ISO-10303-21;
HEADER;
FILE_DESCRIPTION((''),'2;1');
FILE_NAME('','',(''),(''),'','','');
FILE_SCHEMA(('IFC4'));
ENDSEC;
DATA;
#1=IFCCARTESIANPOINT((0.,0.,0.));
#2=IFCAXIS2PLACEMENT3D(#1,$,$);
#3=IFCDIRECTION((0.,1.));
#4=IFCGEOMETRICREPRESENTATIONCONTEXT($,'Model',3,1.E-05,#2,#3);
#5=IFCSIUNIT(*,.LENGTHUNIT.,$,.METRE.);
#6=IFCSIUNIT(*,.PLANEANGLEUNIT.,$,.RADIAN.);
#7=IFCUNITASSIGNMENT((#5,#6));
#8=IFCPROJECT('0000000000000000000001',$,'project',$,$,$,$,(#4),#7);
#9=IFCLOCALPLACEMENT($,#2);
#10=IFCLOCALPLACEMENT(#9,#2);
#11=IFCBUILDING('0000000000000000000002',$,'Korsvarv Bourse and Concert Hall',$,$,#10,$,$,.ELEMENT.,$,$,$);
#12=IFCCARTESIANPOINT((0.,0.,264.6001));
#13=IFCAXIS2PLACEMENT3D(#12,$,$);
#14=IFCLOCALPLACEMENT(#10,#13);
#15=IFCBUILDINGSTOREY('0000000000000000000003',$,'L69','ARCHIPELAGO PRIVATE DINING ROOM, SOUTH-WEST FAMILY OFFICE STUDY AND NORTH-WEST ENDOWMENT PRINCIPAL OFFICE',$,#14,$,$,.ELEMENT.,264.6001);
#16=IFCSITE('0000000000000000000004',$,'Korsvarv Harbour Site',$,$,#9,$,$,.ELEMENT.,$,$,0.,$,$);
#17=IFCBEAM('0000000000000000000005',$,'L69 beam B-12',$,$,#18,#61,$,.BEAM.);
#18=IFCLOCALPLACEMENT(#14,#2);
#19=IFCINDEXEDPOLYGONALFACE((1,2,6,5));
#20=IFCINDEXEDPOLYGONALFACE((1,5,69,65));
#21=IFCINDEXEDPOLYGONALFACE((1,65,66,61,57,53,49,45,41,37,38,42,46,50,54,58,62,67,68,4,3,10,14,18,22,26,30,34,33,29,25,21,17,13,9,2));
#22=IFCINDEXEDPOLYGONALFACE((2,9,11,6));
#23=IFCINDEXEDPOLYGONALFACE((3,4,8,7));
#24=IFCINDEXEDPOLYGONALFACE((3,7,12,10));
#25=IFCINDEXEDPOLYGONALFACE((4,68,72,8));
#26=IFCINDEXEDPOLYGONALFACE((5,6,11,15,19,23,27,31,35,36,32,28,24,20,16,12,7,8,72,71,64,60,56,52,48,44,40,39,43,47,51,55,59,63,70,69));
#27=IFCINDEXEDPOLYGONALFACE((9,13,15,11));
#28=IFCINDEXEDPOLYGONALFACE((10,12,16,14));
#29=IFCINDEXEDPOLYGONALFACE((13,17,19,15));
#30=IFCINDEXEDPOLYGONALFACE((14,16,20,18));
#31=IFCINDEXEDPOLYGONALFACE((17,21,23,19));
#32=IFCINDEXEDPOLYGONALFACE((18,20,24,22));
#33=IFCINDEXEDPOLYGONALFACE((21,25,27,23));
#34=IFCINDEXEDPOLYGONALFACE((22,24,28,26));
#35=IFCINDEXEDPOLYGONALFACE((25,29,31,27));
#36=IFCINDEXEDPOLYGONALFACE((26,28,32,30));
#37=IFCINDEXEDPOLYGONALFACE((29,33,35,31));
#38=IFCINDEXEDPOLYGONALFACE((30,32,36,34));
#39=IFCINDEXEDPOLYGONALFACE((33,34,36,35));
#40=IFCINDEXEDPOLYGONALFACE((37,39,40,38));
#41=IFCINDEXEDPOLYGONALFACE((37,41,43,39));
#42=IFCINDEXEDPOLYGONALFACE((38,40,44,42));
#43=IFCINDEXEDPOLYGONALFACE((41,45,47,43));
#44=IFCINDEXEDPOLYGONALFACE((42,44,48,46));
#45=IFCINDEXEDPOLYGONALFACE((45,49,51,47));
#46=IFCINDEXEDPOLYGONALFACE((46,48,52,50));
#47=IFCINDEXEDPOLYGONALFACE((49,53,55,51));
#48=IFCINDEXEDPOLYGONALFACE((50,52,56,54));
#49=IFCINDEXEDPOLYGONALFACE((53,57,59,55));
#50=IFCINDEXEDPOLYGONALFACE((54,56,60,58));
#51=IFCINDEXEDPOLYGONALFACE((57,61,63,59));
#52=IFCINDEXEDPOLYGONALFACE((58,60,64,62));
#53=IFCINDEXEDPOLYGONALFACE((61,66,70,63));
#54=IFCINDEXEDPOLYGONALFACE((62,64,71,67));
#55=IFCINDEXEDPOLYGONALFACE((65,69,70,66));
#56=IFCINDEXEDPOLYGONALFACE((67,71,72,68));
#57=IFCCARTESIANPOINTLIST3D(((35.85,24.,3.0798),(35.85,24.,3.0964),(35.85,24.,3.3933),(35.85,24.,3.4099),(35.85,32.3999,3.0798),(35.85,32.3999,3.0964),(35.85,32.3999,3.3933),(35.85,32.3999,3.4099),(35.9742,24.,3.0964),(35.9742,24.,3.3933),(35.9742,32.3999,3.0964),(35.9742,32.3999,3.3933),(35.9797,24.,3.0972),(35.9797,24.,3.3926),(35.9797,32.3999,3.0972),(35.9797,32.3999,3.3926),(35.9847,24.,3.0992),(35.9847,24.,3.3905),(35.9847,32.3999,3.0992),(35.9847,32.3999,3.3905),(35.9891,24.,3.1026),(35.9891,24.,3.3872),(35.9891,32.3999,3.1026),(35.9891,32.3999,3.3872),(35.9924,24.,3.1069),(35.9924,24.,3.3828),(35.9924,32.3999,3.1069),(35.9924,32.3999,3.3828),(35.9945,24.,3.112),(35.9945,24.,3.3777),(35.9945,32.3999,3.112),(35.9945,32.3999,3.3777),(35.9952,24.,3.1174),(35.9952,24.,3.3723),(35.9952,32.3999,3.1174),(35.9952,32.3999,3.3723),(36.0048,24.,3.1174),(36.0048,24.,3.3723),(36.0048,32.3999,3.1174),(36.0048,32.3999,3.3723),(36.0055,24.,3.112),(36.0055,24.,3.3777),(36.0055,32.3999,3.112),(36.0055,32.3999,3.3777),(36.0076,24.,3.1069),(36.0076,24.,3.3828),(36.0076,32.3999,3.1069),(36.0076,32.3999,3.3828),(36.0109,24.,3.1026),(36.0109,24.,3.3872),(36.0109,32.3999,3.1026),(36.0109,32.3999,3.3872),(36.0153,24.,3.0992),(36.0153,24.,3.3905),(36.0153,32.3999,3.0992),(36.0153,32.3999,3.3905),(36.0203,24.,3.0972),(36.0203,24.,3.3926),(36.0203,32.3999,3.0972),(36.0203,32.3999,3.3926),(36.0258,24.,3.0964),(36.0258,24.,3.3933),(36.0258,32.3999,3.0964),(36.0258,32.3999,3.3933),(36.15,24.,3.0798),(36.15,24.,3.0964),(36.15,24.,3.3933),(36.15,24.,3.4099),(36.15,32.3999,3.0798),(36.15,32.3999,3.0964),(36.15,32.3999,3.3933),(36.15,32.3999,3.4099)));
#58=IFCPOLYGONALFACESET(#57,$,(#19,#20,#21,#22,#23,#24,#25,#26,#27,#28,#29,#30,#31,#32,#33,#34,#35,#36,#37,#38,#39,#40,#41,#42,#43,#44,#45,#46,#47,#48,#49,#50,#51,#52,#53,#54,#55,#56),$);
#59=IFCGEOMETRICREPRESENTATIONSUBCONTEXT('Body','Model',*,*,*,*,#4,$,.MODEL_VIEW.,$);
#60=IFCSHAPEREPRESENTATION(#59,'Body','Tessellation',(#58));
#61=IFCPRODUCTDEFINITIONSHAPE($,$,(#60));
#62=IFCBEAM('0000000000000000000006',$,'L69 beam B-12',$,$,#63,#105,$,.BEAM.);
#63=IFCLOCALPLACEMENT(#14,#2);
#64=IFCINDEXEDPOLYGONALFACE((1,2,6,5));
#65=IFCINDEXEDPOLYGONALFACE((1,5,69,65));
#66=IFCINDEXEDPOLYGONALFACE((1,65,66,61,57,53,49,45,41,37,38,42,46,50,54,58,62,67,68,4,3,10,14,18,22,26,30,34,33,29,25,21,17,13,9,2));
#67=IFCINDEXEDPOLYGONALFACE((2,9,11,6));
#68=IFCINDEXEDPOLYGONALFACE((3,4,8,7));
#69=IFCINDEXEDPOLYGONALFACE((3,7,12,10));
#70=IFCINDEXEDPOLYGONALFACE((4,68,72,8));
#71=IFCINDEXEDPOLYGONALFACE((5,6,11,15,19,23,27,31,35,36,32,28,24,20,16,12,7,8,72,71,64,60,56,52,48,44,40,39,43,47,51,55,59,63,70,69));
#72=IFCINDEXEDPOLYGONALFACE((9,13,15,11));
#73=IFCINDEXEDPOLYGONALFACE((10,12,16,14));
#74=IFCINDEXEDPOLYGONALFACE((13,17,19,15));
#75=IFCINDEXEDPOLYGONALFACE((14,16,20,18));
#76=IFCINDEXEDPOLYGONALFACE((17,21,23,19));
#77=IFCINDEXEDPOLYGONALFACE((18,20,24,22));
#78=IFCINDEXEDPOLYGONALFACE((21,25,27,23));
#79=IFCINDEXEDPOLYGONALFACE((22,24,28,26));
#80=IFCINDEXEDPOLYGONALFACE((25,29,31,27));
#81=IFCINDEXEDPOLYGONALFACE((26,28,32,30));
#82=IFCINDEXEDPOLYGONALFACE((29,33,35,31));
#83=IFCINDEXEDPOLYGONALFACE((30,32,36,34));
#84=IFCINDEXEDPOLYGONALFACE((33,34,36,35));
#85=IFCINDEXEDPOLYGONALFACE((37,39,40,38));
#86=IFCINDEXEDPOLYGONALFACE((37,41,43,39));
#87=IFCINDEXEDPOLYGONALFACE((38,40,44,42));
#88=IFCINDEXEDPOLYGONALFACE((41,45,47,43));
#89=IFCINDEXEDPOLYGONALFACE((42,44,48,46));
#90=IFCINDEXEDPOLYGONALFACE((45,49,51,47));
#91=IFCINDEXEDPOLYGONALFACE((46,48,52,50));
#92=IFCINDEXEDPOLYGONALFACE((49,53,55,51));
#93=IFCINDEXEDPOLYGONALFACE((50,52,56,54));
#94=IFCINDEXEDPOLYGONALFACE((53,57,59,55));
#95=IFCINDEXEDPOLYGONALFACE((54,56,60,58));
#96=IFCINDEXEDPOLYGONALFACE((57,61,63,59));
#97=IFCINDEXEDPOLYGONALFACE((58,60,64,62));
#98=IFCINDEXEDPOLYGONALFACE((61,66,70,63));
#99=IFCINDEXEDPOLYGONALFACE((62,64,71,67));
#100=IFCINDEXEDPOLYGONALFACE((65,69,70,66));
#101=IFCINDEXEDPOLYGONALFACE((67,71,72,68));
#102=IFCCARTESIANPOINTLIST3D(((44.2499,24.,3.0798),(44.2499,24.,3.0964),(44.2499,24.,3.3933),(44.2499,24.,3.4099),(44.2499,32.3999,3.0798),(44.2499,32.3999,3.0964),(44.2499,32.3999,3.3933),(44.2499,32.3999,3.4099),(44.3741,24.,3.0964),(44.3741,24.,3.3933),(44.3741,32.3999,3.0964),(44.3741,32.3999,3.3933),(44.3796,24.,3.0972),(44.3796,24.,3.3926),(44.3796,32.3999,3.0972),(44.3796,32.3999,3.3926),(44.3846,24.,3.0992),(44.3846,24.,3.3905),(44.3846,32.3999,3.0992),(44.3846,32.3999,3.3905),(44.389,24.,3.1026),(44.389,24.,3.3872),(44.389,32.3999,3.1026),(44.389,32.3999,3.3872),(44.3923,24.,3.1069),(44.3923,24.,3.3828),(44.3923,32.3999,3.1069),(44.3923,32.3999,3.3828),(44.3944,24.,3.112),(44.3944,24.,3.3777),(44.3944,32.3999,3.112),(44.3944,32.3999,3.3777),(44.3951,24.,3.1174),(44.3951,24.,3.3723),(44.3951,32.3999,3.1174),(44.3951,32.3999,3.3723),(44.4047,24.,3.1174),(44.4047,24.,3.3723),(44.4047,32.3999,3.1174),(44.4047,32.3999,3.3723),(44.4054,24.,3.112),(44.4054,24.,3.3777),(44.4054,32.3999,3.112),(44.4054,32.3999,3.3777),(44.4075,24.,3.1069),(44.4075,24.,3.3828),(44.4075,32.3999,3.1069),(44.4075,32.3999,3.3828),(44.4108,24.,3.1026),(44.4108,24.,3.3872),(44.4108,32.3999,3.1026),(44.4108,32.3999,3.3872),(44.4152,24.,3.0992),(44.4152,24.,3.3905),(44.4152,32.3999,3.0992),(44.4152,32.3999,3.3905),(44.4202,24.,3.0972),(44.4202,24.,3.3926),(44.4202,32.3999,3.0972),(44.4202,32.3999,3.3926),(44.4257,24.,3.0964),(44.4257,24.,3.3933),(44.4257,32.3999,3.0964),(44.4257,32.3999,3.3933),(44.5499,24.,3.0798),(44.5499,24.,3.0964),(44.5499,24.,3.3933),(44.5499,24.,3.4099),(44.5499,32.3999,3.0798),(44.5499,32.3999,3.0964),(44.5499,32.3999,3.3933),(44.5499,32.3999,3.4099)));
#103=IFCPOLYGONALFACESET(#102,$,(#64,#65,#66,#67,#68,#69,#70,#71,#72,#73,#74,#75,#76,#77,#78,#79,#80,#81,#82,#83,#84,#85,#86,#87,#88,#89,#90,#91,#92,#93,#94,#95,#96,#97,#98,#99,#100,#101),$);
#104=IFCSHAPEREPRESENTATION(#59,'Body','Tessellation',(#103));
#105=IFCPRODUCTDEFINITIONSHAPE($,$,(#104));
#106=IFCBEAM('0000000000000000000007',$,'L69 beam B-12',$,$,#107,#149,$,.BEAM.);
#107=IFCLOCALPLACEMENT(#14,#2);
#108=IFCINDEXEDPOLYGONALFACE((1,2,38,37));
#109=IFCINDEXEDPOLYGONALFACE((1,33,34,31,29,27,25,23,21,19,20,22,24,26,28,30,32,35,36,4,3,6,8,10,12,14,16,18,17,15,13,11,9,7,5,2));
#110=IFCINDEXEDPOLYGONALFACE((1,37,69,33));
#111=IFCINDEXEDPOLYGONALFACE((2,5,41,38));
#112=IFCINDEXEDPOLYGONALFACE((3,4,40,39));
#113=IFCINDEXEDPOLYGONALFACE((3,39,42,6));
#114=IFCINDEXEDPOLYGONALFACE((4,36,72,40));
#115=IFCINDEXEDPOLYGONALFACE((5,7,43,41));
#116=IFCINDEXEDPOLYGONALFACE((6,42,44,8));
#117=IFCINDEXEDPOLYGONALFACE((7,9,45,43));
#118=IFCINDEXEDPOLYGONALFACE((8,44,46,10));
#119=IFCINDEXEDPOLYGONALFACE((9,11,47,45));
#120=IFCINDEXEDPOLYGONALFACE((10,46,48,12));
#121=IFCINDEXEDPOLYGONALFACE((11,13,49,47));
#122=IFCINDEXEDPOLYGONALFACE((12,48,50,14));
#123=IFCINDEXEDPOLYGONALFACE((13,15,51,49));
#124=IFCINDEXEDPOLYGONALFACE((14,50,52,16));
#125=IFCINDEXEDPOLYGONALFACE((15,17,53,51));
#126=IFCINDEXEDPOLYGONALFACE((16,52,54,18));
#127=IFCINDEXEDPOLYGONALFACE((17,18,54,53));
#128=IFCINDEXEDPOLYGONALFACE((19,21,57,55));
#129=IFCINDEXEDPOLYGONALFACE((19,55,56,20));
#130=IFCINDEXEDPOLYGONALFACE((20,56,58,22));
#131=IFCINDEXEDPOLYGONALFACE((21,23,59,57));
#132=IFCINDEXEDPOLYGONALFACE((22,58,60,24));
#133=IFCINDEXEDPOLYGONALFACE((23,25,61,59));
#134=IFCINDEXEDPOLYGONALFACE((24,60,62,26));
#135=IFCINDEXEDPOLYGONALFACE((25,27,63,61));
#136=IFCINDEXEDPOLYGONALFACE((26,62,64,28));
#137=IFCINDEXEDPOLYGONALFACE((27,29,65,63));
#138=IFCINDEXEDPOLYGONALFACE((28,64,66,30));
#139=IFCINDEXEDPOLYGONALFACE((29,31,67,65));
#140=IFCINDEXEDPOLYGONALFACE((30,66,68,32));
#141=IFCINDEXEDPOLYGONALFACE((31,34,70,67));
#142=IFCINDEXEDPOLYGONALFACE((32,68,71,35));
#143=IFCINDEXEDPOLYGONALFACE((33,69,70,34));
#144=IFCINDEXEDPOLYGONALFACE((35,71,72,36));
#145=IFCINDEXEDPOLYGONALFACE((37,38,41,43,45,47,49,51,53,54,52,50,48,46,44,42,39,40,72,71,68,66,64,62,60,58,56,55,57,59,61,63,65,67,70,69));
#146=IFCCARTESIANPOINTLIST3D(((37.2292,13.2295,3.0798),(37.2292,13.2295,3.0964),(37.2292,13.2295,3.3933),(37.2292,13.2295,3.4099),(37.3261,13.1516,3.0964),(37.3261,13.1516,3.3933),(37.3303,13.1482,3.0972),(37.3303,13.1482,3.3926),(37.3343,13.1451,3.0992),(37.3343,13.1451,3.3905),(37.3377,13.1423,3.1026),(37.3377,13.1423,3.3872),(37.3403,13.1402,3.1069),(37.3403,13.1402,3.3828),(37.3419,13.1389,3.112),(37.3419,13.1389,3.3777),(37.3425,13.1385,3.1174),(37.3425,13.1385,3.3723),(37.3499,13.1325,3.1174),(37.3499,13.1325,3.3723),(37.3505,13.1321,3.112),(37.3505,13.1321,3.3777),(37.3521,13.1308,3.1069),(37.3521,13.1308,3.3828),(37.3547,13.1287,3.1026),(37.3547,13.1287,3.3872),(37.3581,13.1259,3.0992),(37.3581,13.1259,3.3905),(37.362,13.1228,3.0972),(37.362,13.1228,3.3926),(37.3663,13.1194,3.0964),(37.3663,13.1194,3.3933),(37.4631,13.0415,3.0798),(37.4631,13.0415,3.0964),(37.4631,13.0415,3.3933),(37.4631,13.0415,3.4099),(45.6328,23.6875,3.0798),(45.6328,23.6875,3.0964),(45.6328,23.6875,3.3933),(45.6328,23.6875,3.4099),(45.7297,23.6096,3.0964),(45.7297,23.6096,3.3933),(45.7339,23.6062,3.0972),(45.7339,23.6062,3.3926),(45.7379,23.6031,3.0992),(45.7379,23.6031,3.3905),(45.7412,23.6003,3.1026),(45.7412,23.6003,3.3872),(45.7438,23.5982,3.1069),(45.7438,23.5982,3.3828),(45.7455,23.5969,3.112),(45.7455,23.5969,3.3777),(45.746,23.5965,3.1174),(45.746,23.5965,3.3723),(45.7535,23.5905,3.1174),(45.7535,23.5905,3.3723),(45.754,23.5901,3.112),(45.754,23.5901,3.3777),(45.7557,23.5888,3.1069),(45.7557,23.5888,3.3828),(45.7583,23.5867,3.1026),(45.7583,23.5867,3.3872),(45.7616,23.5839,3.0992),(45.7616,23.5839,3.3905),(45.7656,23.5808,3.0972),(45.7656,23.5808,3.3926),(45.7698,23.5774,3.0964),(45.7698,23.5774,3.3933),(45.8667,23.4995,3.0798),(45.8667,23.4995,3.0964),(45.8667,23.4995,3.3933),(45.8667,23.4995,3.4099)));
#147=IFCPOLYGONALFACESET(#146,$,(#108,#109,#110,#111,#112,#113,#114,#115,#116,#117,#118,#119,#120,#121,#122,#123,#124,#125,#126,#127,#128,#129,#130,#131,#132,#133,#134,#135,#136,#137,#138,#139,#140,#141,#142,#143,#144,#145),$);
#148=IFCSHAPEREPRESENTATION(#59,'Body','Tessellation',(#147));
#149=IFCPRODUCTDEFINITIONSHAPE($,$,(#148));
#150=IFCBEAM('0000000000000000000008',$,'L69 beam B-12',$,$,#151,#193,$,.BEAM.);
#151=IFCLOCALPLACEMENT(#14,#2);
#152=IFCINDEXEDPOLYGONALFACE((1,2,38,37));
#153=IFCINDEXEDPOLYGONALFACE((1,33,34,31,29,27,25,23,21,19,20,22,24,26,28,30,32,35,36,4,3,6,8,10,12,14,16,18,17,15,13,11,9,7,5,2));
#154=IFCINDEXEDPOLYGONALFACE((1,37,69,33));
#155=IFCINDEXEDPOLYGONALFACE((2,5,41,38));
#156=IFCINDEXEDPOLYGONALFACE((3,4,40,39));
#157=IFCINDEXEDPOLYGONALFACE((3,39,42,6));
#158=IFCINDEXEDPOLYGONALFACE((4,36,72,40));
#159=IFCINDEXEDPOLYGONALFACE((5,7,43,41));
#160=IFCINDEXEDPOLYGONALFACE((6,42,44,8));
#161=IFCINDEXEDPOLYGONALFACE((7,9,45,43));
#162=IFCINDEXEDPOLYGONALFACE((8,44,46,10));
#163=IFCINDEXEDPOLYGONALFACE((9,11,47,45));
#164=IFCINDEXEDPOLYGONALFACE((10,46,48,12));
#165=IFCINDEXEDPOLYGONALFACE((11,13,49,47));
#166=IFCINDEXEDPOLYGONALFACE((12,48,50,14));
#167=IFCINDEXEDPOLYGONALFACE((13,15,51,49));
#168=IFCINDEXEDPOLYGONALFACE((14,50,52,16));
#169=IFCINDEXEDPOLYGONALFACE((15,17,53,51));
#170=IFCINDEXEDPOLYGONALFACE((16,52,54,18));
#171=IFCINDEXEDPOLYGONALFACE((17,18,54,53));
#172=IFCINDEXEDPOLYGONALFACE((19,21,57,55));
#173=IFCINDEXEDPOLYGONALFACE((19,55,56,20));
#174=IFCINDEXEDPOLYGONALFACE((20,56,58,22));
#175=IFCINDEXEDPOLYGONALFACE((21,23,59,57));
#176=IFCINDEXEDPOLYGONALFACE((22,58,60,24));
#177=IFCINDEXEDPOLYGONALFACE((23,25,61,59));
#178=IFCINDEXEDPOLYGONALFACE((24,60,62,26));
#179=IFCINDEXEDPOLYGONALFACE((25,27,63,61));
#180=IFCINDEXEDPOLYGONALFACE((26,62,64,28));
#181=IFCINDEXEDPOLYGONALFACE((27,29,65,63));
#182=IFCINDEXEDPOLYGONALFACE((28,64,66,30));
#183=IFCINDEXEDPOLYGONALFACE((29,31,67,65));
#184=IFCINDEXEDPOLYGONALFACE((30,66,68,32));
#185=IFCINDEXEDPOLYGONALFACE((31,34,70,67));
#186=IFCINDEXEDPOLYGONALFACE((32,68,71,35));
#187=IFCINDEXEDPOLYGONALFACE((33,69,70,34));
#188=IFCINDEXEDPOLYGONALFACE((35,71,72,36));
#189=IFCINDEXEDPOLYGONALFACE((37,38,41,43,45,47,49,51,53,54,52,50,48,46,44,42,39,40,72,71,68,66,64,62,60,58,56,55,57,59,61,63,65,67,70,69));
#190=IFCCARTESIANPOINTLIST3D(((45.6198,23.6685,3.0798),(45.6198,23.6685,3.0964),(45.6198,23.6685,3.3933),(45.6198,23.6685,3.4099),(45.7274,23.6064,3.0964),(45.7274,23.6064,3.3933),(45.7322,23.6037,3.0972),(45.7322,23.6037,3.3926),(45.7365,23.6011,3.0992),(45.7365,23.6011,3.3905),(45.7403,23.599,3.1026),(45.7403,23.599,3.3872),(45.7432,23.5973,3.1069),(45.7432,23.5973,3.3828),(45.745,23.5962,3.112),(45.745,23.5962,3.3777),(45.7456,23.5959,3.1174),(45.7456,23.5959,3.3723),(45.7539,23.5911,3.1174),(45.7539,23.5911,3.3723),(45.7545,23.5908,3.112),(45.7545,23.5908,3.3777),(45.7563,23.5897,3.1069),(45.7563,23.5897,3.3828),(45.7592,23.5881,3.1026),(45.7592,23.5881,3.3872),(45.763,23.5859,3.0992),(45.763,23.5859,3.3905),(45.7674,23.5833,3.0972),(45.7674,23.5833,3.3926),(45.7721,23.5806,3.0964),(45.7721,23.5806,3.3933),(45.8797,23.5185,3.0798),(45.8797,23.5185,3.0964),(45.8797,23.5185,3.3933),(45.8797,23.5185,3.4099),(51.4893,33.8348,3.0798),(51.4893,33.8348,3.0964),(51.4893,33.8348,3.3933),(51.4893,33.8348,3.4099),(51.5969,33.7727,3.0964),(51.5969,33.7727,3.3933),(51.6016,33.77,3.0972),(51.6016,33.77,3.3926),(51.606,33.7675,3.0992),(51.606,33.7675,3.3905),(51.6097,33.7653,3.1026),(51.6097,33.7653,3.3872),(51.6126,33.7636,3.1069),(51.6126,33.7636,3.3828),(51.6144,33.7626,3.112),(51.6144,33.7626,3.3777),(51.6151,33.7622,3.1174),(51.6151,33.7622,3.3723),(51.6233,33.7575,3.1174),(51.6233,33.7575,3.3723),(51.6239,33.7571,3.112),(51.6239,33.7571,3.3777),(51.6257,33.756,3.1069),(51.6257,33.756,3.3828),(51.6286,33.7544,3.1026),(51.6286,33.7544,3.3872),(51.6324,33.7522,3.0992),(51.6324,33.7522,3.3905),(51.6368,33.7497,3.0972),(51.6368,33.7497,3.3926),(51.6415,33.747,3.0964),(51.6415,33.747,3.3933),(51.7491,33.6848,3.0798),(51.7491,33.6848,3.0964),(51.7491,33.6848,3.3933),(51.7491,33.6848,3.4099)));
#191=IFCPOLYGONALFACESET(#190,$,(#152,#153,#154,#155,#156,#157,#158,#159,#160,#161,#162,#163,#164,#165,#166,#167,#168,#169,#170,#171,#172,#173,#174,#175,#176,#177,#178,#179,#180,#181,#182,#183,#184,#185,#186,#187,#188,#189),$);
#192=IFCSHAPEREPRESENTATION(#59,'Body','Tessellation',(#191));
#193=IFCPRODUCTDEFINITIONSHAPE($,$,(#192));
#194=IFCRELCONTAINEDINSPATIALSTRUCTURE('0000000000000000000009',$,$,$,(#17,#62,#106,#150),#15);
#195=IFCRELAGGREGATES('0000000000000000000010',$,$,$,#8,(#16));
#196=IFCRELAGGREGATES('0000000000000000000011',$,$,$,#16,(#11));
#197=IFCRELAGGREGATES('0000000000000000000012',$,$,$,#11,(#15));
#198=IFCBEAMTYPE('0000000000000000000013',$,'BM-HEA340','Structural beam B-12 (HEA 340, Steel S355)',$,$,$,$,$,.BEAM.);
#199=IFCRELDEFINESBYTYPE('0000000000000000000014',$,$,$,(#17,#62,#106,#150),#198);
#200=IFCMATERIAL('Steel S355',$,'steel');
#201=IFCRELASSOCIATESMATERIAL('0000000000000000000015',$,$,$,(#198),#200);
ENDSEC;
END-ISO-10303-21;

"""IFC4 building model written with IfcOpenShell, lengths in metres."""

from ifc_helpers import new_model, si_unit, direction, frame, origin, origin_2d, place, context, subcontext, project, spatial, i_section, extrude, source, transform, mapped, material, material_profile, profile_set, type_object, element, save


model = new_model("IFC4")

# Units and contexts
model_context = context("Model", 3, precision=1e-05, world=origin(), true_north=direction((0.0, 1.0)))
body_context = subcontext(model_context, "Body", "Model", "MODEL_VIEW")
ifc_project = project(units=[si_unit("LENGTHUNIT", "METRE"), si_unit("PLANEANGLEUNIT", "RADIAN")], contexts=[model_context])

# Site, building, storey
site_placement = place(None, origin())
site = spatial("IfcSite", under=ifc_project, at=site_placement, Name="Korsvarv Harbour Site", CompositionType="ELEMENT", RefElevation=0.0)
building_placement = place(site_placement, origin())
building = spatial("IfcBuilding", under=site, at=building_placement, Name="Korsvarv Bourse and Concert Hall", CompositionType="ELEMENT")
storey_placement = place(building_placement, frame((0.0, 0.0, 264.6001)))
storey = spatial("IfcBuildingStorey", under=building, at=storey_placement, Name="L69", Description="ARCHIPELAGO PRIVATE DINING ROOM, SOUTH-WEST FAMILY OFFICE STUDY AND NORTH-WEST ENDOWMENT PRINCIPAL OFFICE", CompositionType="ELEMENT", Elevation=264.6001)

# Shared definitions
ifc_material_1 = material(Name="Steel S355", Category="steel")

# Beams
ifc_material_profile_1 = material_profile(ifc_material_1, i_section(OverallWidth=0.3, OverallDepth=0.3301, WebThickness=0.0095, FlangeThickness=0.0166, FilletRadius=0.021, at=origin_2d()), Name="HEA 340")
ifc_profile_set_1 = profile_set([ifc_material_profile_1], Name="Steel S355")
beam_type_1 = type_object("IfcBeamType", Name="BM-HEA340", Description="Structural beam B-12 (HEA 340, Steel S355)", PredefinedType="BEAM", material=ifc_profile_set_1)
shared_shape_1 = source(origin(), body_context, "Body", "SweptSolid", [
    extrude(i_section(OverallWidth=0.3, OverallDepth=0.3301, WebThickness=0.0095, FlangeThickness=0.0166, FilletRadius=0.021, at=origin_2d()), origin(), (0.0, 0.0, 1.0), 8.3999),
])
for number, where, z_axis, x_axis, name in (
    (1, (36.0, 24.0, 3.2449), (0.0, 1.0, 0.0), (-1.0, 0.0, 0.0), "L69 beam B-12"),
    (2, (44.3999, 24.0, 3.2449), (0.0, 1.0, 0.0), (-1.0, 0.0, 0.0), "L69 beam B-12"),
):
    element("IfcBeam", number, at=place(storey_placement, frame(where, z_axis=z_axis, x_axis=x_axis)), inside=storey, type_object=beam_type_1, Name=name, PredefinedType="BEAM", context=body_context, shape_type="MappedRepresentation", body=[
        mapped(shared_shape_1, transform((0.0, 0.0, 0.0), scale=1.0)),
    ])
shared_shape_2 = source(origin(), body_context, "Body", "SweptSolid", [
    extrude(i_section(OverallWidth=0.3, OverallDepth=0.3301, WebThickness=0.0095, FlangeThickness=0.0166, FilletRadius=0.021, at=origin_2d()), origin(), (0.0, 0.0, 1.0), 13.416),
])
beam_1_placement = place(storey_placement, frame((37.3462, 13.1355, 3.2449), z_axis=(0.626382, 0.779516, 0.0), x_axis=(-0.779516, 0.626382, 0.0)))
element("IfcBeam", 3, at=beam_1_placement, inside=storey, type_object=beam_type_1, Name="L69 beam B-12", PredefinedType="BEAM", context=body_context, shape_type="MappedRepresentation", body=[
    mapped(shared_shape_2, transform((0.0, 0.0, 0.0), scale=1.0)),
])
shared_shape_3 = source(origin(), body_context, "Body", "SweptSolid", [
    extrude(i_section(OverallWidth=0.3, OverallDepth=0.3301, WebThickness=0.0095, FlangeThickness=0.0166, FilletRadius=0.021, at=origin_2d()), origin(), (0.0, 0.0, 1.0), 11.739),
])
beam_2_placement = place(storey_placement, frame((45.7498, 23.5935, 3.2449), z_axis=(0.499993, 0.866029, 0.0), x_axis=(-0.866029, 0.499993, 0.0)))
element("IfcBeam", 4, at=beam_2_placement, inside=storey, type_object=beam_type_1, Name="L69 beam B-12", PredefinedType="BEAM", context=body_context, shape_type="MappedRepresentation", body=[
    mapped(shared_shape_3, transform((0.0, 0.0, 0.0), scale=1.0)),
])

save(model, "model.ifc")
